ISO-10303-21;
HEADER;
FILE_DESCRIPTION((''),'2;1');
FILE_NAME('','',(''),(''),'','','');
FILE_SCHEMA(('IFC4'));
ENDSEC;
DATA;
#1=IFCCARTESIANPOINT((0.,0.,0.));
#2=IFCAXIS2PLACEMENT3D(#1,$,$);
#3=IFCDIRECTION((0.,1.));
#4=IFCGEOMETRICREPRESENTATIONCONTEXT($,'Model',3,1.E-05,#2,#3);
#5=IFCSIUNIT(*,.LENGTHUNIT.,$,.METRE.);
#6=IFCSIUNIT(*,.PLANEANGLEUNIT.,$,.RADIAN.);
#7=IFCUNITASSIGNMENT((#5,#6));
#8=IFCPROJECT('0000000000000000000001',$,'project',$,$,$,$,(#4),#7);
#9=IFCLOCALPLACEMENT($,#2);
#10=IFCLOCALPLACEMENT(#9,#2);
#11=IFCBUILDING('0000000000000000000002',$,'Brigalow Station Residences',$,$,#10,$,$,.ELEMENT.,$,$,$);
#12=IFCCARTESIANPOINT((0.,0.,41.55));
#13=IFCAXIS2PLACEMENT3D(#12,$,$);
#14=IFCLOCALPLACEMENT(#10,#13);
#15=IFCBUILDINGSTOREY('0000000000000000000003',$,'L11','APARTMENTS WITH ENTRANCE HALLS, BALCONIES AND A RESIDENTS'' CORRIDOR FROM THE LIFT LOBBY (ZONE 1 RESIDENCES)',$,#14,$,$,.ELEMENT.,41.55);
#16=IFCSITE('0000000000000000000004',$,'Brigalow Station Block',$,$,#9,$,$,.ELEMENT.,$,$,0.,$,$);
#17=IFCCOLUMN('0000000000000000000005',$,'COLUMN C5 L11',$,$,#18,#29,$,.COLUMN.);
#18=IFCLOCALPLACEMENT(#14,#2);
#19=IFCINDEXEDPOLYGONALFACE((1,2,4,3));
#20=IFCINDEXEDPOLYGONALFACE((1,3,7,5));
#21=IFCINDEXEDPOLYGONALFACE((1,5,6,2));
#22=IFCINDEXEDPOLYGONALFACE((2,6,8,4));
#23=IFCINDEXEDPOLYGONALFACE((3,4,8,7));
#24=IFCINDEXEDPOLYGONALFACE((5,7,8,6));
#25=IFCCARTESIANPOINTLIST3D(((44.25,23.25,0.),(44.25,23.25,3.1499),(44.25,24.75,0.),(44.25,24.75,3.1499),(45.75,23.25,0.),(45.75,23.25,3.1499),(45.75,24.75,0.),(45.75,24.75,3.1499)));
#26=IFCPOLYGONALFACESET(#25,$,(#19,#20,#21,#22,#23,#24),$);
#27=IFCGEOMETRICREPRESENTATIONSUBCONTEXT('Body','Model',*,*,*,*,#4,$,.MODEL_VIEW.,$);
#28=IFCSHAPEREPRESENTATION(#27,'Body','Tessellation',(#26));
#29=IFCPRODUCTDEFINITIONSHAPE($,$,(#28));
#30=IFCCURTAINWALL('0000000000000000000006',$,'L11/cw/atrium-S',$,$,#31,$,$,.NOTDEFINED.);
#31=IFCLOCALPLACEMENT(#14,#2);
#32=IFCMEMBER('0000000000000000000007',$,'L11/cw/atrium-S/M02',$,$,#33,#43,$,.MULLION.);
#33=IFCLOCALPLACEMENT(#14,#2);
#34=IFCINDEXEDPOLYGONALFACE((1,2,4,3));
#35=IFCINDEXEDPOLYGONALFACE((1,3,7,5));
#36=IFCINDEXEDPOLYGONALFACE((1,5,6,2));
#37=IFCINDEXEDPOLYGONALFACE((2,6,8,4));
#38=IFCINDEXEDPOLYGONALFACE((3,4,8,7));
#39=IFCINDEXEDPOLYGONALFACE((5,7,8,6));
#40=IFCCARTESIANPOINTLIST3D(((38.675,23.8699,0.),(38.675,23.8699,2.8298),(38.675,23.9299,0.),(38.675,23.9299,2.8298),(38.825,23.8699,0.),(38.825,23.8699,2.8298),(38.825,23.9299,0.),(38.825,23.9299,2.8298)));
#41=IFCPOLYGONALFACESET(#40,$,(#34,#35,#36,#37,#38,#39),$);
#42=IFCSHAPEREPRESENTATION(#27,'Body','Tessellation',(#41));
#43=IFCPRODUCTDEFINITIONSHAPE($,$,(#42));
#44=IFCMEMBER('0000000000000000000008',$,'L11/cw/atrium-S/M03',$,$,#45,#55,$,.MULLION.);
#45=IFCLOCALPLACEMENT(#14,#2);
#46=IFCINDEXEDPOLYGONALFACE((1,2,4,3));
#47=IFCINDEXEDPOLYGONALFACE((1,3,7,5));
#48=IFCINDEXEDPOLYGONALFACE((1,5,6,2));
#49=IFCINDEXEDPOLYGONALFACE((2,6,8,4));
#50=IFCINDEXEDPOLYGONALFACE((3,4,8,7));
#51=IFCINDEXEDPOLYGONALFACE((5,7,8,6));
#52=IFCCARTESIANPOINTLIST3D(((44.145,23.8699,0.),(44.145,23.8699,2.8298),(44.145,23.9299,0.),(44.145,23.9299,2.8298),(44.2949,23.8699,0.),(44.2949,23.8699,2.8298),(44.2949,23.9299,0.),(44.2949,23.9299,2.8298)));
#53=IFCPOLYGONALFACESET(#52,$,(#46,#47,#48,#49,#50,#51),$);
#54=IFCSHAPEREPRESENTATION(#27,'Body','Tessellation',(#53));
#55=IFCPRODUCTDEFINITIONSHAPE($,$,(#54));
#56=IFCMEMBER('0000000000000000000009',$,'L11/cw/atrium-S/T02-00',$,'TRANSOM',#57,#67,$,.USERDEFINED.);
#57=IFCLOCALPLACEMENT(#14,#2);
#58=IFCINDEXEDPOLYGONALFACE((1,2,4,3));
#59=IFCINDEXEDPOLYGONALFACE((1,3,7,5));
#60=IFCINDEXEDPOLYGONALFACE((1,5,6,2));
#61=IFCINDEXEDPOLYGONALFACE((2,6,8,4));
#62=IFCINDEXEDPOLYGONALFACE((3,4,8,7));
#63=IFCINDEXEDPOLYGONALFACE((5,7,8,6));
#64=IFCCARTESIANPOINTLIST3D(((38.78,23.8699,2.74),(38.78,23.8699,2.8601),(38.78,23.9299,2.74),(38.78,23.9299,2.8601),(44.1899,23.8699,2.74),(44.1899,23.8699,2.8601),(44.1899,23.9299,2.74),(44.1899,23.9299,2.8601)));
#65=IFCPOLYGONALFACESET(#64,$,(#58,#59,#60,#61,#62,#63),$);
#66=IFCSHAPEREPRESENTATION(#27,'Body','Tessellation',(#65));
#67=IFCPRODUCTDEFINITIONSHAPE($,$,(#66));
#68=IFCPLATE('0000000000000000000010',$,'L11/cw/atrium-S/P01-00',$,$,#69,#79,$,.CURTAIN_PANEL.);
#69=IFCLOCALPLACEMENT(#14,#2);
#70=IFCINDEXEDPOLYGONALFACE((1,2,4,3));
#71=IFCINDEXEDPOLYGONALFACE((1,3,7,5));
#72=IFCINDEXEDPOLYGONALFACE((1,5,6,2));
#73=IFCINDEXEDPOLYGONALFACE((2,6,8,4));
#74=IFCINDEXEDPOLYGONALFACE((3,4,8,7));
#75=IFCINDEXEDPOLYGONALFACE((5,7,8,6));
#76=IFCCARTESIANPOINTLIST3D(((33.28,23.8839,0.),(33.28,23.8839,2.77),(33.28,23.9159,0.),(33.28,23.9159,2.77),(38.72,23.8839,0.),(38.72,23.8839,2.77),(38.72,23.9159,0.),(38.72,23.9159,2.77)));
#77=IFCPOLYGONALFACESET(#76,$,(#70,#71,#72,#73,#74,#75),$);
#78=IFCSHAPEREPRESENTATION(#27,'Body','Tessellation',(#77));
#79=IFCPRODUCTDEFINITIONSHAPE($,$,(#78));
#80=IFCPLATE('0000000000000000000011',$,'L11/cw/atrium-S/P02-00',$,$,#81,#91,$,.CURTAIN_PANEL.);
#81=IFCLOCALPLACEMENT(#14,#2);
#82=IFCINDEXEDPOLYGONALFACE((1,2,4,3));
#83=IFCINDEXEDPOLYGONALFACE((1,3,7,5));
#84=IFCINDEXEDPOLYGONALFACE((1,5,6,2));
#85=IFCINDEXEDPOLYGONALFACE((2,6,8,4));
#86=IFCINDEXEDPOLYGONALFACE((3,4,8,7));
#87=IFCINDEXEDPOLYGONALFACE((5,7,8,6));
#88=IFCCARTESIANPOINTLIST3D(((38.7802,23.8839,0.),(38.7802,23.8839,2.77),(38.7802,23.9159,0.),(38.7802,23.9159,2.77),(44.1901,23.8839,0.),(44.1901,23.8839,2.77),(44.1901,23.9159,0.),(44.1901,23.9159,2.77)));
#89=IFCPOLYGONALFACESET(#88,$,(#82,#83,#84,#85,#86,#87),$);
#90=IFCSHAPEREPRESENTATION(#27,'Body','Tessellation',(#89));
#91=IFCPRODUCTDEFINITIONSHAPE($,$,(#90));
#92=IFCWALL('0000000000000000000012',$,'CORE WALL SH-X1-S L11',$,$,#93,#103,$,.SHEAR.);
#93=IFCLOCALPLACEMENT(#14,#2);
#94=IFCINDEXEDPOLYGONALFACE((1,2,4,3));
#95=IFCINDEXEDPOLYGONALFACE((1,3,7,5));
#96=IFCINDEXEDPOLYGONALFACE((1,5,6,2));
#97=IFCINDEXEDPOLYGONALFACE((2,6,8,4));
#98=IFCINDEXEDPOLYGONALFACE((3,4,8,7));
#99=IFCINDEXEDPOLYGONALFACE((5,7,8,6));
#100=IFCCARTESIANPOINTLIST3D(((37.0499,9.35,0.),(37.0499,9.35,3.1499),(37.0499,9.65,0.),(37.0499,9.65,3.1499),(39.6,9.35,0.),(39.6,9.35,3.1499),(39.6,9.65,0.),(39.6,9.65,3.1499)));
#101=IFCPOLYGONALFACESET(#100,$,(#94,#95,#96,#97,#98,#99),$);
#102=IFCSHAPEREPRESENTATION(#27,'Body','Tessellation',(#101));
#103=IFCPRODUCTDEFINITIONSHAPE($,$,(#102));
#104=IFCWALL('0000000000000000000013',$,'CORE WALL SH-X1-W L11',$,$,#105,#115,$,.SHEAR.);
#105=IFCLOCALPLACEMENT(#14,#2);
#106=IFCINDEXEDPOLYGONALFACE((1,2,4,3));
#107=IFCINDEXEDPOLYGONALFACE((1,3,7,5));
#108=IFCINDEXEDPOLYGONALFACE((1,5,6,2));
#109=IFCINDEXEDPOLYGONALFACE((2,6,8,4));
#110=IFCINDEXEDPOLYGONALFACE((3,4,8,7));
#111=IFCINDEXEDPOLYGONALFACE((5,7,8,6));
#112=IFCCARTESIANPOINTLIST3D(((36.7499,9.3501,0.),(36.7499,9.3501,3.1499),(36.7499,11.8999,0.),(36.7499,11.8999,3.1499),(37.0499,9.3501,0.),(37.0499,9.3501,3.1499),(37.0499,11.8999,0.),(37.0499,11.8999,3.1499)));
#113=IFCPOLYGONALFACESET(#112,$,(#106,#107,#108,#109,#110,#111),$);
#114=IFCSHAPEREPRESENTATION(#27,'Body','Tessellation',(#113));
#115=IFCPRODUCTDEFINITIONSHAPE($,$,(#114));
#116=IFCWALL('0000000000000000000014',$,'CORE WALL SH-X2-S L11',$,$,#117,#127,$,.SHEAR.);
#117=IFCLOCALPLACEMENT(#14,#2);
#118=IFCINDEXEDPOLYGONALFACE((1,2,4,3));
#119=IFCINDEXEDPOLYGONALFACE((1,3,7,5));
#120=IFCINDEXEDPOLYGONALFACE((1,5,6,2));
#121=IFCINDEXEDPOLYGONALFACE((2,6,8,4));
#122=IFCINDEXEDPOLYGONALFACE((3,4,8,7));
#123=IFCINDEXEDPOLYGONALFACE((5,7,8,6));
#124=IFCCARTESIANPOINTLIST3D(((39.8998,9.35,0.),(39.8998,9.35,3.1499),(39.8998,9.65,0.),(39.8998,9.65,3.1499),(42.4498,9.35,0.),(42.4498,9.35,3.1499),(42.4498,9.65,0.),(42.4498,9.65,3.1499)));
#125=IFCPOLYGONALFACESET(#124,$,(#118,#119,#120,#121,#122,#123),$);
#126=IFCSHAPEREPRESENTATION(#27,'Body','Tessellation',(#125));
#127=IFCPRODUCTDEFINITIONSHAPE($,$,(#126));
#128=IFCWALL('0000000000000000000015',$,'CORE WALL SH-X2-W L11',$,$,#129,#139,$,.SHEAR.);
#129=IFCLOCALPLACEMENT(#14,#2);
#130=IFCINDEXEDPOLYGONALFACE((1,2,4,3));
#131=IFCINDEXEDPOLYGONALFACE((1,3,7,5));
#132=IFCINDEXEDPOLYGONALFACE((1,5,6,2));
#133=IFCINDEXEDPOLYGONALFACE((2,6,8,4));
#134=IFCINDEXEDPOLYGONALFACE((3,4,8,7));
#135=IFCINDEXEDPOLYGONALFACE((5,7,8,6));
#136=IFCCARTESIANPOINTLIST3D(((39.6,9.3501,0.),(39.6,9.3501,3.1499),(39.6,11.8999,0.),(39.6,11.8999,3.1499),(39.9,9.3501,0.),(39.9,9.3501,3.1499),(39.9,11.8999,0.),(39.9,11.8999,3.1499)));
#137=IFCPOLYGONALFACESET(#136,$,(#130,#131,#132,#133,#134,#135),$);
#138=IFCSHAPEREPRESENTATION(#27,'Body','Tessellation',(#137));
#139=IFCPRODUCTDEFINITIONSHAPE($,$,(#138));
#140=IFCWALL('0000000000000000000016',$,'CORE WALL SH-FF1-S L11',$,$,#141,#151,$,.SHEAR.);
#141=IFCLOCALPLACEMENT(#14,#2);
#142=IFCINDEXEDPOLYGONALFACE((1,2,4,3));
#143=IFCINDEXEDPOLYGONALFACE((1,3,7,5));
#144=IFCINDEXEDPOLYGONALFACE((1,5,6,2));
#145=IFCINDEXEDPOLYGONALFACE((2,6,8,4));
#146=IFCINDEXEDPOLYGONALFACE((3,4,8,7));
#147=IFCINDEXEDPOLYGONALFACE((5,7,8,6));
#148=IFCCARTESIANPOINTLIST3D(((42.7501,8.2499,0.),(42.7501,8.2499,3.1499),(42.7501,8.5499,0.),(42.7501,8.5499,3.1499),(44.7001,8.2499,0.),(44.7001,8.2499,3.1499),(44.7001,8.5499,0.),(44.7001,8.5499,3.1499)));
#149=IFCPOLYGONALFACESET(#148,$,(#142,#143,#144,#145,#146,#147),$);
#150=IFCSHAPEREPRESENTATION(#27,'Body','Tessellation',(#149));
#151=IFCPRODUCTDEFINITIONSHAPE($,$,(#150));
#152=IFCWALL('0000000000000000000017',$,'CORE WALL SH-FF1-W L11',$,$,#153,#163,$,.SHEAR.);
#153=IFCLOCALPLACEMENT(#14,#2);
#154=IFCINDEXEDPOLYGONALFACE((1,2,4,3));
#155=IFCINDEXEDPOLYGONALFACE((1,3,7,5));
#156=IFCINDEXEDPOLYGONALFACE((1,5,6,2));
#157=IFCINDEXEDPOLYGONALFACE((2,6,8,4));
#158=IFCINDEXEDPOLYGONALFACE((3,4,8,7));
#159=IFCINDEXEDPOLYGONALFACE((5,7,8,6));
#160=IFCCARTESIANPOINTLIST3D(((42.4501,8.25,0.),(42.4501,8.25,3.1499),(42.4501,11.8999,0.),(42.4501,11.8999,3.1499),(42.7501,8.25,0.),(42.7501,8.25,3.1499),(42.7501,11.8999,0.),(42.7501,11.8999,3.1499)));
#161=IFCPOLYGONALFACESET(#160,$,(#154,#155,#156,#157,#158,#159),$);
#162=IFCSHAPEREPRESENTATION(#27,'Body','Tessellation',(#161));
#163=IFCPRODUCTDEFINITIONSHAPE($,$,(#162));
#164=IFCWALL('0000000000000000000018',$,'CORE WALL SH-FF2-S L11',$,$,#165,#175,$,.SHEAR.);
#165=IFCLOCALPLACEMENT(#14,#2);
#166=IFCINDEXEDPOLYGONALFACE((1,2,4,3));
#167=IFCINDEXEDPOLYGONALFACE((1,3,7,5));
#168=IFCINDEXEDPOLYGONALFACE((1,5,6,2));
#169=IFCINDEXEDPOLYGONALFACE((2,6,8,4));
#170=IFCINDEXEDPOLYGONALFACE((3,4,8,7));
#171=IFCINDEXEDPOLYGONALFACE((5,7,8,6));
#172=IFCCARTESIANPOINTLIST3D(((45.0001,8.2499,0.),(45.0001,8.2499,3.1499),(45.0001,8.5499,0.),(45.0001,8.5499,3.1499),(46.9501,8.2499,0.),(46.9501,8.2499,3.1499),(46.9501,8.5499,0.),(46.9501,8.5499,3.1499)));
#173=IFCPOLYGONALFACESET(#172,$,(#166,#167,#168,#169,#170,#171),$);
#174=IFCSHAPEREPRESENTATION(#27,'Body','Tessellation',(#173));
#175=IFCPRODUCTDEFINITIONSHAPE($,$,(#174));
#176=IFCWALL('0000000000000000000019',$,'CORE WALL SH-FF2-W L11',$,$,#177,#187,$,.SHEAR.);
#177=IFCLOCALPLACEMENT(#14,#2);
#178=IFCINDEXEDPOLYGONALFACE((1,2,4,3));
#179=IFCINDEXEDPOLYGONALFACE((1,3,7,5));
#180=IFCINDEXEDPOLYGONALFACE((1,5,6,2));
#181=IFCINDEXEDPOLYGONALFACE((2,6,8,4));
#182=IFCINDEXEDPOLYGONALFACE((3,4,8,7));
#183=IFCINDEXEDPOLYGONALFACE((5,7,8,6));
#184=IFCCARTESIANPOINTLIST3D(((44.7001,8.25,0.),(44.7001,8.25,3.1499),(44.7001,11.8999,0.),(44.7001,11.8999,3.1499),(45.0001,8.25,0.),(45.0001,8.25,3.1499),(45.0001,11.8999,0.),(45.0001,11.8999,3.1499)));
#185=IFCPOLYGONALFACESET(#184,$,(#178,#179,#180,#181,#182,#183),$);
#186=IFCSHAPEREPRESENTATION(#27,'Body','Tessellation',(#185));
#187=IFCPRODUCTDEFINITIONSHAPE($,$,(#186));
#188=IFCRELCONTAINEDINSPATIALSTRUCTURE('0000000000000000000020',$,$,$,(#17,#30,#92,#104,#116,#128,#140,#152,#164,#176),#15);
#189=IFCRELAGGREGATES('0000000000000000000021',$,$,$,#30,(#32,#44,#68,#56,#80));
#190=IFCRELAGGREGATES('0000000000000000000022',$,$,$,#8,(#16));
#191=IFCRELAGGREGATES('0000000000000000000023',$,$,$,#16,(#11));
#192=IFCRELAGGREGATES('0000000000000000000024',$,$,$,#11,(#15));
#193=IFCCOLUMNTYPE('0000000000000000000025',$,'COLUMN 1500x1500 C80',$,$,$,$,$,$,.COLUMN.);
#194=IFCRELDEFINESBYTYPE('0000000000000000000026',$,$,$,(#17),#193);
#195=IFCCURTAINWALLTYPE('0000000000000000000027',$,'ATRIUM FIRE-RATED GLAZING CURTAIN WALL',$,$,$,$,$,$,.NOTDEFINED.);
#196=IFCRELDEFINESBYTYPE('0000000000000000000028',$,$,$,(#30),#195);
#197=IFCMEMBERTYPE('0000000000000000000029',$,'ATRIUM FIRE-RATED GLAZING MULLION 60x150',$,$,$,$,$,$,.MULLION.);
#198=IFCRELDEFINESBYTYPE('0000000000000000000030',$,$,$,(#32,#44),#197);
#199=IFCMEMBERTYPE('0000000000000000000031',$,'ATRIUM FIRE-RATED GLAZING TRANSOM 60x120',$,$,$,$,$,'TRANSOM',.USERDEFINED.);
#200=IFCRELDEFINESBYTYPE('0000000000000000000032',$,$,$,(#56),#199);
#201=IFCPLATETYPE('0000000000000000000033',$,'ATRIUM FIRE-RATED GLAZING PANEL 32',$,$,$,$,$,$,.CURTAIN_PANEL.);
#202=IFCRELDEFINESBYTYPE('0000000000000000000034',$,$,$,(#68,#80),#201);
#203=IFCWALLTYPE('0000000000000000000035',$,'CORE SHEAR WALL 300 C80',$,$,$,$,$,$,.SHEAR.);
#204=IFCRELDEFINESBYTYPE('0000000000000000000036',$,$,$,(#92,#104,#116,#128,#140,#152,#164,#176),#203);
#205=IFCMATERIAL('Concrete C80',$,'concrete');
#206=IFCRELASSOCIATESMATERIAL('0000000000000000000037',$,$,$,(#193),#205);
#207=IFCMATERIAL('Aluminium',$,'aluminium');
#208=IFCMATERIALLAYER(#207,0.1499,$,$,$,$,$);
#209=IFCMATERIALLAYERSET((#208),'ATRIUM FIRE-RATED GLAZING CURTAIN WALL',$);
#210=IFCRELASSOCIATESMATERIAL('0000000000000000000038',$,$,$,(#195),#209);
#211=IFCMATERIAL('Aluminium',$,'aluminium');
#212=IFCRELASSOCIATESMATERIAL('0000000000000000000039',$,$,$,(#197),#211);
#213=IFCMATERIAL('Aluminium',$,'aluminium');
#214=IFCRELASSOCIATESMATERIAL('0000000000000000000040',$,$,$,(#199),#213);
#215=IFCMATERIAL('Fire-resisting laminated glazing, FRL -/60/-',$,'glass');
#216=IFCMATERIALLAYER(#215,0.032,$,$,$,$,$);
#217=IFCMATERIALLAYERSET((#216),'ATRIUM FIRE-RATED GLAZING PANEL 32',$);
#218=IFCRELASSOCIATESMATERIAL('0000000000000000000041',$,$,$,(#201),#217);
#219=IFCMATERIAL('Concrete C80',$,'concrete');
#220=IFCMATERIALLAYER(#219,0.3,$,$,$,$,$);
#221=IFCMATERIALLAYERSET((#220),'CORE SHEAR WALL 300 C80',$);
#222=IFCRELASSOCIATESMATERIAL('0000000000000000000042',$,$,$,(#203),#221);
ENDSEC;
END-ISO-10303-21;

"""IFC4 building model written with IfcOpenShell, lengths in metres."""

from ifc_helpers import new_model, si_unit, direction, frame, frame_2d, origin, origin_2d, place, context, subcontext, project, spatial, rectangle, extrude, material, layer, layer_set, material_profile, profile_set, type_object, element, aggregate, save


model = new_model("IFC4")

# Units and contexts
model_context = context("Model", 3, precision=1e-05, world=origin(), true_north=direction((0.0, 1.0)))
body_context = subcontext(model_context, "Body", "Model", "MODEL_VIEW")
ifc_project = project(units=[si_unit("LENGTHUNIT", "METRE"), si_unit("PLANEANGLEUNIT", "RADIAN")], contexts=[model_context])

# Site, building, storey
site_placement = place(None, origin())
site = spatial("IfcSite", under=ifc_project, at=site_placement, Name="Brigalow Station Block", CompositionType="ELEMENT", RefElevation=0.0)
building_placement = place(site_placement, origin())
building = spatial("IfcBuilding", under=site, at=building_placement, Name="Brigalow Station Residences", CompositionType="ELEMENT")
storey_placement = place(building_placement, frame((0.0, 0.0, 41.55)))
storey = spatial("IfcBuildingStorey", under=building, at=storey_placement, Name="L11", Description="APARTMENTS WITH ENTRANCE HALLS, BALCONIES AND A RESIDENTS' CORRIDOR FROM THE LIFT LOBBY (ZONE 1 RESIDENCES)", CompositionType="ELEMENT", Elevation=41.55)

# Column
ifc_material_1 = material(Name="Concrete C80", Category="concrete")
ifc_material_profile_1 = material_profile(ifc_material_1, rectangle(XDim=1.5, YDim=1.5, at=origin_2d()), Name="RC1500x1500")
ifc_profile_set_1 = profile_set([ifc_material_profile_1], Name="Concrete C80")
column_type = type_object("IfcColumnType", Name="COLUMN 1500x1500 C80", PredefinedType="COLUMN", material=ifc_profile_set_1)
column_placement = place(storey_placement, frame((45.0, 24.0, 0.0), z_axis=(0.0, 0.0, 1.0), x_axis=(1.0, 0.0, 0.0)))
element("IfcColumn", 1, at=column_placement, inside=storey, type_object=column_type, Name="COLUMN C5 L11", PredefinedType="COLUMN", context=body_context, shape_type="SweptSolid", body=[
    extrude(rectangle(XDim=1.5, YDim=1.5, at=origin_2d()), origin(), (0.0, 0.0, 1.0), 3.1499),
])

# Curtain wall, members, plates
ifc_material_2 = material(Name="Aluminium", Category="aluminium")
ifc_layer_1 = layer(ifc_material_2, 0.1499)
ifc_layer_set_1 = layer_set([ifc_layer_1], Name="ATRIUM FIRE-RATED GLAZING CURTAIN WALL")
curtain_wall_type = type_object("IfcCurtainWallType", Name="ATRIUM FIRE-RATED GLAZING CURTAIN WALL", PredefinedType="NOTDEFINED", material=ifc_layer_set_1)
curtain_wall_placement = place(storey_placement, origin())
curtain_wall = element("IfcCurtainWall", 2, at=curtain_wall_placement, inside=storey, type_object=curtain_wall_type, Name="L11/cw/atrium-S", PredefinedType="NOTDEFINED")
ifc_material_3 = material(Name="Aluminium", Category="aluminium")
ifc_material_profile_2 = material_profile(ifc_material_3, rectangle(XDim=0.0601, YDim=0.1499, at=origin_2d()), Name="ATRIUM FIRE-RATED GLAZING MULLION 60x150")
ifc_profile_set_2 = profile_set([ifc_material_profile_2], Name="Aluminium")
member_type_1 = type_object("IfcMemberType", Name="ATRIUM FIRE-RATED GLAZING MULLION 60x150", PredefinedType="MULLION", material=ifc_profile_set_2)
member_1_placement = place(storey_placement, frame((38.75, 23.8999, 0.0), z_axis=(0.0, 0.0, 1.0), x_axis=(0.0, 1.0, 0.0)))
member_1 = element("IfcMember", 3, at=member_1_placement, type_object=member_type_1, Name="L11/cw/atrium-S/M02", PredefinedType="MULLION", context=body_context, shape_type="SweptSolid", body=[
    extrude(rectangle(XDim=0.0601, YDim=0.1499, at=origin_2d()), origin(), (0.0, 0.0, 1.0), 2.8298),
])
member_2_placement = place(storey_placement, frame((44.22, 23.8999, 0.0), z_axis=(0.0, 0.0, 1.0), x_axis=(0.0, 1.0, 0.0)))
member_2 = element("IfcMember", 4, at=member_2_placement, type_object=member_type_1, Name="L11/cw/atrium-S/M03", PredefinedType="MULLION", context=body_context, shape_type="SweptSolid", body=[
    extrude(rectangle(XDim=0.0601, YDim=0.1499, at=origin_2d()), origin(), (0.0, 0.0, 1.0), 2.8298),
])
ifc_material_4 = material(Name="Aluminium", Category="aluminium")
ifc_material_profile_3 = material_profile(ifc_material_4, rectangle(XDim=0.0601, YDim=0.1201, at=origin_2d()), Name="ATRIUM FIRE-RATED GLAZING TRANSOM 60x120")
ifc_profile_set_3 = profile_set([ifc_material_profile_3], Name="Aluminium")
member_type_2 = type_object("IfcMemberType", Name="ATRIUM FIRE-RATED GLAZING TRANSOM 60x120", ElementType="TRANSOM", PredefinedType="USERDEFINED", material=ifc_profile_set_3)
member_3_placement = place(storey_placement, frame((38.78, 23.8999, 2.8), z_axis=(1.0, 0.0, 0.0), x_axis=(0.0, 1.0, 0.0)))
member_3 = element("IfcMember", 5, at=member_3_placement, type_object=member_type_2, Name="L11/cw/atrium-S/T02-00", ObjectType="TRANSOM", PredefinedType="USERDEFINED", context=body_context, shape_type="SweptSolid", body=[
    extrude(rectangle(XDim=0.0601, YDim=0.1201, at=origin_2d()), origin(), (0.0, 0.0, 1.0), 5.4099),
])
ifc_material_5 = material(Name="Fire-resisting laminated glazing, FRL -/60/-", Category="glass")
ifc_layer_2 = layer(ifc_material_5, 0.032)
ifc_layer_set_2 = layer_set([ifc_layer_2], Name="ATRIUM FIRE-RATED GLAZING PANEL 32")
plate_type = type_object("IfcPlateType", Name="ATRIUM FIRE-RATED GLAZING PANEL 32", PredefinedType="CURTAIN_PANEL", material=ifc_layer_set_2)
plate_1_placement = place(storey_placement, frame((36.0, 23.8999, 0.0), z_axis=(0.0, 0.0, 1.0), x_axis=(1.0, 0.0, 0.0)))
plate_1 = element("IfcPlate", 6, at=plate_1_placement, type_object=plate_type, Name="L11/cw/atrium-S/P01-00", PredefinedType="CURTAIN_PANEL", context=body_context, shape_type="SweptSolid", body=[
    extrude(rectangle(XDim=5.4399, YDim=0.032, at=origin_2d()), origin(), (0.0, 0.0, 1.0), 2.77),
])
plate_2_placement = place(storey_placement, frame((41.4851, 23.8999, 0.0), z_axis=(0.0, 0.0, 1.0), x_axis=(1.0, 0.0, 0.0)))
plate_2 = element("IfcPlate", 7, at=plate_2_placement, type_object=plate_type, Name="L11/cw/atrium-S/P02-00", PredefinedType="CURTAIN_PANEL", context=body_context, shape_type="SweptSolid", body=[
    extrude(rectangle(XDim=5.4099, YDim=0.032, at=origin_2d()), origin(), (0.0, 0.0, 1.0), 2.77),
])
aggregate(curtain_wall, [member_1, member_2, plate_1, member_3, plate_2])

# Walls
ifc_material_6 = material(Name="Concrete C80", Category="concrete")
ifc_layer_3 = layer(ifc_material_6, 0.3)
ifc_layer_set_3 = layer_set([ifc_layer_3], Name="CORE SHEAR WALL 300 C80")
wall_type_1 = type_object("IfcWallType", Name="CORE SHEAR WALL 300 C80", PredefinedType="SHEAR", material=ifc_layer_set_3)
wall_1_placement = place(storey_placement, frame((37.05, 9.5, 0.0), z_axis=(0.0, 0.0, 1.0), x_axis=(1.0, 0.0, 0.0)))
element("IfcWall", 8, at=wall_1_placement, inside=storey, type_object=wall_type_1, Name="CORE WALL SH-X1-S L11", PredefinedType="SHEAR", context=body_context, shape_type="SweptSolid", body=[
    extrude(rectangle(XDim=2.55, YDim=0.3, at=frame_2d((1.2749, 0.0))), origin(), (0.0, 0.0, 1.0), 3.1499),
])
wall_2_placement = place(storey_placement, frame((36.8999, 9.3501, 0.0), z_axis=(0.0, 0.0, 1.0), x_axis=(0.0, 1.0, 0.0)))
element("IfcWall", 9, at=wall_2_placement, inside=storey, type_object=wall_type_1, Name="CORE WALL SH-X1-W L11", PredefinedType="SHEAR", context=body_context, shape_type="SweptSolid", body=[
    extrude(rectangle(XDim=2.5498, YDim=0.3, at=frame_2d((1.2749, 0.0))), origin(), (0.0, 0.0, 1.0), 3.1499),
])
wall_3_placement = place(storey_placement, frame((39.8999, 9.5, 0.0), z_axis=(0.0, 0.0, 1.0), x_axis=(1.0, 0.0, 0.0)))
element("IfcWall", 10, at=wall_3_placement, inside=storey, type_object=wall_type_1, Name="CORE WALL SH-X2-S L11", PredefinedType="SHEAR", context=body_context, shape_type="SweptSolid", body=[
    extrude(rectangle(XDim=2.55, YDim=0.3, at=frame_2d((1.2749, 0.0))), origin(), (0.0, 0.0, 1.0), 3.1499),
])
wall_4_placement = place(storey_placement, frame((39.75, 9.3501, 0.0), z_axis=(0.0, 0.0, 1.0), x_axis=(0.0, 1.0, 0.0)))
element("IfcWall", 11, at=wall_4_placement, inside=storey, type_object=wall_type_1, Name="CORE WALL SH-X2-W L11", PredefinedType="SHEAR", context=body_context, shape_type="SweptSolid", body=[
    extrude(rectangle(XDim=2.5498, YDim=0.3, at=frame_2d((1.2749, 0.0))), origin(), (0.0, 0.0, 1.0), 3.1499),
])
wall_5_placement = place(storey_placement, frame((42.75, 8.3999, 0.0), z_axis=(0.0, 0.0, 1.0), x_axis=(1.0, 0.0, 0.0)))
element("IfcWall", 12, at=wall_5_placement, inside=storey, type_object=wall_type_1, Name="CORE WALL SH-FF1-S L11", PredefinedType="SHEAR", context=body_context, shape_type="SweptSolid", body=[
    extrude(rectangle(XDim=1.95, YDim=0.3, at=frame_2d((0.9751, 0.0))), origin(), (0.0, 0.0, 1.0), 3.1499),
])
wall_6_placement = place(storey_placement, frame((42.6001, 8.25, 0.0), z_axis=(0.0, 0.0, 1.0), x_axis=(0.0, 1.0, 0.0)))
element("IfcWall", 13, at=wall_6_placement, inside=storey, type_object=wall_type_1, Name="CORE WALL SH-FF1-W L11", PredefinedType="SHEAR", context=body_context, shape_type="SweptSolid", body=[
    extrude(rectangle(XDim=3.6499, YDim=0.3, at=frame_2d((1.825, 0.0))), origin(), (0.0, 0.0, 1.0), 3.1499),
])
wall_7_placement = place(storey_placement, frame((45.0, 8.3999, 0.0), z_axis=(0.0, 0.0, 1.0), x_axis=(1.0, 0.0, 0.0)))
element("IfcWall", 14, at=wall_7_placement, inside=storey, type_object=wall_type_1, Name="CORE WALL SH-FF2-S L11", PredefinedType="SHEAR", context=body_context, shape_type="SweptSolid", body=[
    extrude(rectangle(XDim=1.95, YDim=0.3, at=frame_2d((0.9751, 0.0))), origin(), (0.0, 0.0, 1.0), 3.1499),
])
wall_8_placement = place(storey_placement, frame((44.8501, 8.25, 0.0), z_axis=(0.0, 0.0, 1.0), x_axis=(0.0, 1.0, 0.0)))
element("IfcWall", 15, at=wall_8_placement, inside=storey, type_object=wall_type_1, Name="CORE WALL SH-FF2-W L11", PredefinedType="SHEAR", context=body_context, shape_type="SweptSolid", body=[
    extrude(rectangle(XDim=3.6499, YDim=0.3, at=frame_2d((1.825, 0.0))), origin(), (0.0, 0.0, 1.0), 3.1499),
])

save(model, "model.ifc")
